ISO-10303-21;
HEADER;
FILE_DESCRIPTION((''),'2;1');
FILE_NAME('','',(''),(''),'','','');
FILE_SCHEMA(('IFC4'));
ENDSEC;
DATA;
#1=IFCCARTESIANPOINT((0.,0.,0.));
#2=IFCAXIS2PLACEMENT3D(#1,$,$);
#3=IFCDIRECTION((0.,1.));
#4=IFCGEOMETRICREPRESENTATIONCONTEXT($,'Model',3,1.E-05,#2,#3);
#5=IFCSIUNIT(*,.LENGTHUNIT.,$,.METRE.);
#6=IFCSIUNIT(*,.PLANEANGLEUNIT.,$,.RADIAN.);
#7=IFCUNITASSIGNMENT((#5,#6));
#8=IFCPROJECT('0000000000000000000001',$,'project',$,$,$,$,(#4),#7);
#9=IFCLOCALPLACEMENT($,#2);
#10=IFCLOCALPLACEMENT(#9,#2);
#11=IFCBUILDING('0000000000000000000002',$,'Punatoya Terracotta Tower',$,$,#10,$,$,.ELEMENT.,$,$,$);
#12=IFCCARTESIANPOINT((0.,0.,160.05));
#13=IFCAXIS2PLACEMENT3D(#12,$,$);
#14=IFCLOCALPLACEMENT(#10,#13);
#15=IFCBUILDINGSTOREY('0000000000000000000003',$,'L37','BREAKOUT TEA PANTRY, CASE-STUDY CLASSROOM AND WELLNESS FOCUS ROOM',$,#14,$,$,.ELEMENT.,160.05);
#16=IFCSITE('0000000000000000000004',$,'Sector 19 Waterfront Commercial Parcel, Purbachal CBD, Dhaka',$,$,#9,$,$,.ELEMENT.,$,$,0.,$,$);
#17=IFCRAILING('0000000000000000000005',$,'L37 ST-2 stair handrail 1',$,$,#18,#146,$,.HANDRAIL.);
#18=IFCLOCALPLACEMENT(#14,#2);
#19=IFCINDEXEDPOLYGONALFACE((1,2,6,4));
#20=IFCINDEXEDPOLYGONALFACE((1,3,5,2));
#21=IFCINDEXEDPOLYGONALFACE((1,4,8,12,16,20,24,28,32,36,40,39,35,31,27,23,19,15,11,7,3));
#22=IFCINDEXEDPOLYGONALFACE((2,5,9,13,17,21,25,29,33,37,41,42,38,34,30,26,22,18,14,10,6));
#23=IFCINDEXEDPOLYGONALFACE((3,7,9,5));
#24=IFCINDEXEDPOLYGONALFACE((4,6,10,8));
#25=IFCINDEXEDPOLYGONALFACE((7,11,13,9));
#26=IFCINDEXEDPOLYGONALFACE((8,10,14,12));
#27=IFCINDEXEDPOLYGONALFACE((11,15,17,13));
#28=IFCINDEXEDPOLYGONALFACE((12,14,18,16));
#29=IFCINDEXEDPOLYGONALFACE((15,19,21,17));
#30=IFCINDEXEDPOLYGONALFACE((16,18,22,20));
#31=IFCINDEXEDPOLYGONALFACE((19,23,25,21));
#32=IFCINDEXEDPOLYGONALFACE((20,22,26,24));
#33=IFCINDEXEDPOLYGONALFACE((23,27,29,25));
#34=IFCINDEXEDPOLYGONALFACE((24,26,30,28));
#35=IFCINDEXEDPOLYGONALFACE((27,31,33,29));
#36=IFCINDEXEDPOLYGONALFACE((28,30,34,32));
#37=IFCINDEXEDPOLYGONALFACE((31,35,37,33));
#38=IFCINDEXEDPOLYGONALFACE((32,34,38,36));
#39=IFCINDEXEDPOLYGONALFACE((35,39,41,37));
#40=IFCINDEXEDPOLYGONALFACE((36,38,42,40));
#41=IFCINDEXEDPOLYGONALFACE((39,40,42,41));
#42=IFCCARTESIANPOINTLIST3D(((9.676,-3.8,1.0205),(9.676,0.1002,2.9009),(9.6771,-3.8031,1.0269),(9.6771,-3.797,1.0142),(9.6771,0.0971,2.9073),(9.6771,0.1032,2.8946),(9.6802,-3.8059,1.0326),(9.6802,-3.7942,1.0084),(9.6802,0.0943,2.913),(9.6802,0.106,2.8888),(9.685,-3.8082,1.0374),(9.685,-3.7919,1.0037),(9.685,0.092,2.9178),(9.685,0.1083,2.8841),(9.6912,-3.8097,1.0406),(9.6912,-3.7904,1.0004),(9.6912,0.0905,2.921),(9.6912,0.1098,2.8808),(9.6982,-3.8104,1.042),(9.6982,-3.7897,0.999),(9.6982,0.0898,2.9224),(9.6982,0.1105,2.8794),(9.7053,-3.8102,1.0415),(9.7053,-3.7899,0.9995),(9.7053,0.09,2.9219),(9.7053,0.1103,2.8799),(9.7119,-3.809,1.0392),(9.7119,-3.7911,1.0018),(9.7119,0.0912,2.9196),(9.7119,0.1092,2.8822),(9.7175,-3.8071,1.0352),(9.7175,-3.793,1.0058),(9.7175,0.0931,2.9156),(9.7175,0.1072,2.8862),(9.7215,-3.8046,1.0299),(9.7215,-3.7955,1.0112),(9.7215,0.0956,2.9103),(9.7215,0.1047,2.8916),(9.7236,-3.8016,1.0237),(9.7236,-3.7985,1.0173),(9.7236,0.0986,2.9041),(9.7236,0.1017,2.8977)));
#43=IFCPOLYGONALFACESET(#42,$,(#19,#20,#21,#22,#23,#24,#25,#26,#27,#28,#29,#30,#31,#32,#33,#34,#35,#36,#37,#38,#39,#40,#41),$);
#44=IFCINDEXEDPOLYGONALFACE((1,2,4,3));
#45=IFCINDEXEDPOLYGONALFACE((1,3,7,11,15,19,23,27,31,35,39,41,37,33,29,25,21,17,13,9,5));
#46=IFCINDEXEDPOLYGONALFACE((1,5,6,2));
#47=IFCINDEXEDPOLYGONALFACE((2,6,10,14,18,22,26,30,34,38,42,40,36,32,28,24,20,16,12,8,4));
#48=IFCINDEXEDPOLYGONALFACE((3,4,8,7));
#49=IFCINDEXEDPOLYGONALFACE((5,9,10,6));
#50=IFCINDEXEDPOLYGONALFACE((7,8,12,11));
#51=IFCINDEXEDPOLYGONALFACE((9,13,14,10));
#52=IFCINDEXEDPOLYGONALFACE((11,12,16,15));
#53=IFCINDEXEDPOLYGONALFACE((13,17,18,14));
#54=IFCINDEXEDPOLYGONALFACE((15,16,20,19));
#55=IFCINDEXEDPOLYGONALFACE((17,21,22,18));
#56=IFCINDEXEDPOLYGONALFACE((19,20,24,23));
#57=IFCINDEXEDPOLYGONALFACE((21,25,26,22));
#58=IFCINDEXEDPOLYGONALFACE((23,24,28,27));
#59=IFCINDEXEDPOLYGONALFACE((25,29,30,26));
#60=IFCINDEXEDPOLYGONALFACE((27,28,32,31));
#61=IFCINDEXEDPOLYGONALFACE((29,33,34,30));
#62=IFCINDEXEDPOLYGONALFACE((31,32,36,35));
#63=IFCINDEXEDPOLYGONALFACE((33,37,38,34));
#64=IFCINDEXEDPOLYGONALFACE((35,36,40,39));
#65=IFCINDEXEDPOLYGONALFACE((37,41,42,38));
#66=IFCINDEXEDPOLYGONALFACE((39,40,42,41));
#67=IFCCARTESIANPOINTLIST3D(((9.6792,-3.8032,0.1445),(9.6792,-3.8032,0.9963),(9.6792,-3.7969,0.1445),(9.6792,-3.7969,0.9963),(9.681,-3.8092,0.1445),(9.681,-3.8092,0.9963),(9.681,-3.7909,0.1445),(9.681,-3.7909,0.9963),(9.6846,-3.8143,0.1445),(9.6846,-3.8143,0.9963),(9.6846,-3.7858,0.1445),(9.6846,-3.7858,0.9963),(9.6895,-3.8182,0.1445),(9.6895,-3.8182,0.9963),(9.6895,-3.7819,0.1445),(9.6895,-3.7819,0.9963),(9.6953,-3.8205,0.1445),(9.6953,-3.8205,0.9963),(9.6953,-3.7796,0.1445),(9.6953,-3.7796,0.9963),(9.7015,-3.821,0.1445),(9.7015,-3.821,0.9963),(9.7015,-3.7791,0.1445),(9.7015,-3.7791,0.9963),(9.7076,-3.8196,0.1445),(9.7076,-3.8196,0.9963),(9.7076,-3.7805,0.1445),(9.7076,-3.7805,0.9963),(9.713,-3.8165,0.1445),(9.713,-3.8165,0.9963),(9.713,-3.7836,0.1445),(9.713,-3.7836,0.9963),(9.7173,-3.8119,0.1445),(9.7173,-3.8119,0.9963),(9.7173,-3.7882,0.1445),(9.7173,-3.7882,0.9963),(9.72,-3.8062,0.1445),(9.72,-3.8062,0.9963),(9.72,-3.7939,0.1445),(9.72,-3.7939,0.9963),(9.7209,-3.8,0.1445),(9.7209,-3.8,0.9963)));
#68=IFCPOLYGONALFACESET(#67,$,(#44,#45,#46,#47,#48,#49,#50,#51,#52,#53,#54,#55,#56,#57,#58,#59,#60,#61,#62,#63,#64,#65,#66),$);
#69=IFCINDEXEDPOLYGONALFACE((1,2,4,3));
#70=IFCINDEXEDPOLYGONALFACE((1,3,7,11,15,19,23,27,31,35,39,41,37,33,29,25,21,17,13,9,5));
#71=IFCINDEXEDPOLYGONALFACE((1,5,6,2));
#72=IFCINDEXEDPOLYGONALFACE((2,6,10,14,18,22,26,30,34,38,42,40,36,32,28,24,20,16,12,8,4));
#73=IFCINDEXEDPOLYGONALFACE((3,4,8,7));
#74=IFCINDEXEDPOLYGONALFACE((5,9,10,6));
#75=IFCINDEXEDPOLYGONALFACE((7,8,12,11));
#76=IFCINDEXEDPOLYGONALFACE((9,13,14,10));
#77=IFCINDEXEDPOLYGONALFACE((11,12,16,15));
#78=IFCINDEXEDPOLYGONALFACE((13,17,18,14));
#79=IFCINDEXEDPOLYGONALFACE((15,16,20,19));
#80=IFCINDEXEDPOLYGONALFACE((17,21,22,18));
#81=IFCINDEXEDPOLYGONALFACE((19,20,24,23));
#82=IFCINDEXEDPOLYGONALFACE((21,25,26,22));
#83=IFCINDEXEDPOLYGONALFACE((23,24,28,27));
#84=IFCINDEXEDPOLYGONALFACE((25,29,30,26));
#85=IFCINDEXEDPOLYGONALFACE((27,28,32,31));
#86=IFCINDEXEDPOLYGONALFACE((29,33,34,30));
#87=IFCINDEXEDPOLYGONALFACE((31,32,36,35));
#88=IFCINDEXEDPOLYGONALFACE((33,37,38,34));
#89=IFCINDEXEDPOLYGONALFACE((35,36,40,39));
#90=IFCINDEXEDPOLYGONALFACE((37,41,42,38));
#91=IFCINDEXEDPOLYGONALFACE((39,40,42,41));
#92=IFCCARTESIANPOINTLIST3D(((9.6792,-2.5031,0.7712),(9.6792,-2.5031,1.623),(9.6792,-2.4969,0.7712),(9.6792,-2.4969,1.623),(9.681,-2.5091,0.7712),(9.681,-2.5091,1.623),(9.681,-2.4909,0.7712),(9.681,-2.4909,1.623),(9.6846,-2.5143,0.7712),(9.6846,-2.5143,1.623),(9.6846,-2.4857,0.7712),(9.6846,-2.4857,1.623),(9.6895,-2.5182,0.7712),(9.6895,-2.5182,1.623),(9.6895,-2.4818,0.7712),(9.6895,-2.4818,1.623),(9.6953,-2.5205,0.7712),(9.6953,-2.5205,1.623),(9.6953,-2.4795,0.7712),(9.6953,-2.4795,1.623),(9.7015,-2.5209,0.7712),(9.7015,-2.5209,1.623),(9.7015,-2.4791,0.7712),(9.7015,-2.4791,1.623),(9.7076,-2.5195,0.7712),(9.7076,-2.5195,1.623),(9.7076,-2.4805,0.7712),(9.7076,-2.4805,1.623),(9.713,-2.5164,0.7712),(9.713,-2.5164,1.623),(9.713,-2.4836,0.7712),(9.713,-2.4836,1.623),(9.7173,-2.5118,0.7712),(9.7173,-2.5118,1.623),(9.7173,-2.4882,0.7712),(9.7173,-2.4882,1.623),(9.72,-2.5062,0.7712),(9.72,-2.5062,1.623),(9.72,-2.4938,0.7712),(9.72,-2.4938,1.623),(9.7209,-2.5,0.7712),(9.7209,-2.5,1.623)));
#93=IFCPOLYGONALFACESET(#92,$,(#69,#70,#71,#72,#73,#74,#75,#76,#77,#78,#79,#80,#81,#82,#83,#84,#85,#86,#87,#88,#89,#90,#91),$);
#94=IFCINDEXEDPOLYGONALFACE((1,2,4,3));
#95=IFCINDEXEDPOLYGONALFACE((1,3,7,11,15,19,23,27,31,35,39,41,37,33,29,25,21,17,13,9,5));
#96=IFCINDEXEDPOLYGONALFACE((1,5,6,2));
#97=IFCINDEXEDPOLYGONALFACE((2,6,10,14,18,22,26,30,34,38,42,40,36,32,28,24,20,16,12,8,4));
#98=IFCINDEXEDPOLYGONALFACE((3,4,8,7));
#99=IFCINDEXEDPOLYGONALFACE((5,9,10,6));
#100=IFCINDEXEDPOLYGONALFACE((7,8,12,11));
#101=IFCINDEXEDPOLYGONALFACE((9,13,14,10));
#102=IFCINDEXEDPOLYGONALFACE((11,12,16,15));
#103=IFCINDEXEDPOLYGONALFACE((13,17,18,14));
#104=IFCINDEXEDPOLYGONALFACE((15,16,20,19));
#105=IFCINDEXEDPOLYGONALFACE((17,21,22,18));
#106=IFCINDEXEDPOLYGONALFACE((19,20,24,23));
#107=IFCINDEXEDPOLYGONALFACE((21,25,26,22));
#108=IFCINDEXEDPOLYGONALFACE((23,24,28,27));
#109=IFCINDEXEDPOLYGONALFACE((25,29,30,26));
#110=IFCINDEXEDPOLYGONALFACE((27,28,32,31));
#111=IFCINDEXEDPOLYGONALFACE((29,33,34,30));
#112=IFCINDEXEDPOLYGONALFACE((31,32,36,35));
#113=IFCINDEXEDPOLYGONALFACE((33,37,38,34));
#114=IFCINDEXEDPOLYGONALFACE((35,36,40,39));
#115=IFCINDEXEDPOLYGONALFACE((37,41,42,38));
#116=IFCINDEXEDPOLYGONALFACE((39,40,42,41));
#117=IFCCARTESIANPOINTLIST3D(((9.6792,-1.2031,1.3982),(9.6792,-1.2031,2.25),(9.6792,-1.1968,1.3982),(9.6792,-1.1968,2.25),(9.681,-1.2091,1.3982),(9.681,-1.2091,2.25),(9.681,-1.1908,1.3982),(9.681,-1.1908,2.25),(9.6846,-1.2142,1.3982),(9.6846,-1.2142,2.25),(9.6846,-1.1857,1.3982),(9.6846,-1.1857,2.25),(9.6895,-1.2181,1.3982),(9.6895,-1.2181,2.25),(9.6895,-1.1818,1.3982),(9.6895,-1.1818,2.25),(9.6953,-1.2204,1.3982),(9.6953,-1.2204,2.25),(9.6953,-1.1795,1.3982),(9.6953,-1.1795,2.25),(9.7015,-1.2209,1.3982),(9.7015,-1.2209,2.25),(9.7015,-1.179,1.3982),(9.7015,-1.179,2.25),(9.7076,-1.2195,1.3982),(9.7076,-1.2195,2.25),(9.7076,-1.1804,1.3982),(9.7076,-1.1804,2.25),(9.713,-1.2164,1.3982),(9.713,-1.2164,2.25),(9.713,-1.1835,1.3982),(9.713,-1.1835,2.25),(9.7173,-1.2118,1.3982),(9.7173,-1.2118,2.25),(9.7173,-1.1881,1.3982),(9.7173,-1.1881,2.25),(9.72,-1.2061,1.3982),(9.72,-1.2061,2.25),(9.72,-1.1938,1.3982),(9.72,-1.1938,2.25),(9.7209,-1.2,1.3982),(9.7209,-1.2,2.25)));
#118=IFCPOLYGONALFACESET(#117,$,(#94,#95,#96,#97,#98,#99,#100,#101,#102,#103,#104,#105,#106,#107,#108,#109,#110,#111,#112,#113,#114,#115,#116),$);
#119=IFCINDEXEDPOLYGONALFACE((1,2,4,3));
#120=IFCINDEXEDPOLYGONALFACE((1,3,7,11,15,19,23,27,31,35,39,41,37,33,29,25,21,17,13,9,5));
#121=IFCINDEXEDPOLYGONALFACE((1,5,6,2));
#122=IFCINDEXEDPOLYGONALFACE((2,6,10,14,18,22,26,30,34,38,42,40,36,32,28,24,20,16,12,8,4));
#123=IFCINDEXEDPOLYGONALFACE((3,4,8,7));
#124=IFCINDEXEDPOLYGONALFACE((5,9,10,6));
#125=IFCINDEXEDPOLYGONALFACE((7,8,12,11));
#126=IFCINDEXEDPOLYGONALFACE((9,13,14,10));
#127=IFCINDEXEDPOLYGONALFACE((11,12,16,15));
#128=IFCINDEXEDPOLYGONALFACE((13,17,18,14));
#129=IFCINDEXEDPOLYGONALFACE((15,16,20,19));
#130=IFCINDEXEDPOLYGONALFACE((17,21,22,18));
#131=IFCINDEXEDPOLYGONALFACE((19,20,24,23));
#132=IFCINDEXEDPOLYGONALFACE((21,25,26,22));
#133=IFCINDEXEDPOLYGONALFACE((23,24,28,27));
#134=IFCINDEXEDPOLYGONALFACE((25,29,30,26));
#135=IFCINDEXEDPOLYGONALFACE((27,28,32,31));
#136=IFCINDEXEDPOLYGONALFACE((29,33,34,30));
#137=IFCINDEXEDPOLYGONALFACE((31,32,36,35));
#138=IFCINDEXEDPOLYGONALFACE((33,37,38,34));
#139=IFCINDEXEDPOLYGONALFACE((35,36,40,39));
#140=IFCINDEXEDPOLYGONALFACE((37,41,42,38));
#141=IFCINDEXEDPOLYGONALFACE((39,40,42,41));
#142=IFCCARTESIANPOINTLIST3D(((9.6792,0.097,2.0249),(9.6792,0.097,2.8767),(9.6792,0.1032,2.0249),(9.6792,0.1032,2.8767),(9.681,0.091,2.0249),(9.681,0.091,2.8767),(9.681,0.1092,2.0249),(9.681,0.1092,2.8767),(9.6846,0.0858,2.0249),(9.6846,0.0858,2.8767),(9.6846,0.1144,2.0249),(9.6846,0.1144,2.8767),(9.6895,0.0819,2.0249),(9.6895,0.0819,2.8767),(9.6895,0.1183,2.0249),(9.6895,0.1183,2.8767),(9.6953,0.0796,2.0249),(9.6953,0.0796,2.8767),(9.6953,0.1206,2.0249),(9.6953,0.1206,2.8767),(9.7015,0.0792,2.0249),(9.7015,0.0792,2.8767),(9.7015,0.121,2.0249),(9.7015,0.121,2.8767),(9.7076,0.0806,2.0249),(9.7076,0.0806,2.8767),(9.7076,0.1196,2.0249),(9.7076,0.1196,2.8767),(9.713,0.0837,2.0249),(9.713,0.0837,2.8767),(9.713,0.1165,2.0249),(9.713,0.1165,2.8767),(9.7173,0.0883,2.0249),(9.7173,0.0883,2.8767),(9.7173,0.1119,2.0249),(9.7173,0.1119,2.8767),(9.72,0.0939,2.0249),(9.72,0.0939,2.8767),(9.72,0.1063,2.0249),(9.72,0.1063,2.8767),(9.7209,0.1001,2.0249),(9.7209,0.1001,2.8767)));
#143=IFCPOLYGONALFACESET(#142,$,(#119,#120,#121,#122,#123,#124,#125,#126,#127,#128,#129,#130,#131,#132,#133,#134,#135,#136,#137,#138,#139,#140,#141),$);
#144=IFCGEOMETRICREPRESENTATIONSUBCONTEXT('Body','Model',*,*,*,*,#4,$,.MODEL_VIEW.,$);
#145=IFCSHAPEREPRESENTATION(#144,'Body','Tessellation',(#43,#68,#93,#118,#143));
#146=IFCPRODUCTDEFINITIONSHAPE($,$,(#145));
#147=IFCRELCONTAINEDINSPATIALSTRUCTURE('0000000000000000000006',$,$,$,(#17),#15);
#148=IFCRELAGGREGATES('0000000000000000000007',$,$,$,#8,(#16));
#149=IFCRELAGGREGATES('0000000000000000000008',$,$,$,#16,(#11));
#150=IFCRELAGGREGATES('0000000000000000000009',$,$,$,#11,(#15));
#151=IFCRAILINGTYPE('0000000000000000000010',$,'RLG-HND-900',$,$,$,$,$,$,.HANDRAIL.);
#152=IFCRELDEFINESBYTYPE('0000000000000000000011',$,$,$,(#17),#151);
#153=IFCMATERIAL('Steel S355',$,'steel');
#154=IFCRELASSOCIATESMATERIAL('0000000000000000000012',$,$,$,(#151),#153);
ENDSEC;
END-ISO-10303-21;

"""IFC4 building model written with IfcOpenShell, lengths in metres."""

from ifc_helpers import new_model, si_unit, direction, frame, origin, origin_2d, place, context, subcontext, project, spatial, circle, extrude, material, type_object, element, save


model = new_model("IFC4")

# Units and contexts
model_context = context("Model", 3, precision=1e-05, world=origin(), true_north=direction((0.0, 1.0)))
body_context = subcontext(model_context, "Body", "Model", "MODEL_VIEW")
ifc_project = project(units=[si_unit("LENGTHUNIT", "METRE"), si_unit("PLANEANGLEUNIT", "RADIAN")], contexts=[model_context])

# Site, building, storey
site_placement = place(None, origin())
site = spatial("IfcSite", under=ifc_project, at=site_placement, Name="Sector 19 Waterfront Commercial Parcel, Purbachal CBD, Dhaka", CompositionType="ELEMENT", RefElevation=0.0)
building_placement = place(site_placement, origin())
building = spatial("IfcBuilding", under=site, at=building_placement, Name="Punatoya Terracotta Tower", CompositionType="ELEMENT")
storey_placement = place(building_placement, frame((0.0, 0.0, 160.05)))
storey = spatial("IfcBuildingStorey", under=building, at=storey_placement, Name="L37", Description="BREAKOUT TEA PANTRY, CASE-STUDY CLASSROOM AND WELLNESS FOCUS ROOM", CompositionType="ELEMENT", Elevation=160.05)

# Shared definitions
ifc_material_1 = material(Name="Steel S355", Category="steel")

# Railing
railing_type_1 = type_object("IfcRailingType", Name="RLG-HND-900", PredefinedType="HANDRAIL", material=ifc_material_1)
railing_1_placement = place(storey_placement, frame((9.7, -3.8, 0.1445)))
element("IfcRailing", 1, at=railing_1_placement, inside=storey, type_object=railing_type_1, Name="L37 ST-2 stair handrail 1", PredefinedType="HANDRAIL", context=body_context, shape_type="SweptSolid", body=[
    extrude(circle(Radius=0.0239, at=origin_2d()), frame((0.0, 0.0, 0.876), z_axis=(0.0, 0.900774, 0.434289), x_axis=(-1.0, 0.0, 0.0)), (0.0, 0.0, 1.0), 4.3298),
    extrude(circle(Radius=0.021, at=origin_2d()), origin(), (0.0, 0.0, 1.0), 0.8518),
    extrude(circle(Radius=0.021, at=origin_2d()), frame((0.0, 1.3, 0.6267)), (0.0, 0.0, 1.0), 0.8518),
    extrude(circle(Radius=0.021, at=origin_2d()), frame((0.0, 2.6001, 1.2537)), (0.0, 0.0, 1.0), 0.8518),
    extrude(circle(Radius=0.021, at=origin_2d()), frame((0.0, 3.9001, 1.8804)), (0.0, 0.0, 1.0), 0.8518),
])

save(model, "model.ifc")
